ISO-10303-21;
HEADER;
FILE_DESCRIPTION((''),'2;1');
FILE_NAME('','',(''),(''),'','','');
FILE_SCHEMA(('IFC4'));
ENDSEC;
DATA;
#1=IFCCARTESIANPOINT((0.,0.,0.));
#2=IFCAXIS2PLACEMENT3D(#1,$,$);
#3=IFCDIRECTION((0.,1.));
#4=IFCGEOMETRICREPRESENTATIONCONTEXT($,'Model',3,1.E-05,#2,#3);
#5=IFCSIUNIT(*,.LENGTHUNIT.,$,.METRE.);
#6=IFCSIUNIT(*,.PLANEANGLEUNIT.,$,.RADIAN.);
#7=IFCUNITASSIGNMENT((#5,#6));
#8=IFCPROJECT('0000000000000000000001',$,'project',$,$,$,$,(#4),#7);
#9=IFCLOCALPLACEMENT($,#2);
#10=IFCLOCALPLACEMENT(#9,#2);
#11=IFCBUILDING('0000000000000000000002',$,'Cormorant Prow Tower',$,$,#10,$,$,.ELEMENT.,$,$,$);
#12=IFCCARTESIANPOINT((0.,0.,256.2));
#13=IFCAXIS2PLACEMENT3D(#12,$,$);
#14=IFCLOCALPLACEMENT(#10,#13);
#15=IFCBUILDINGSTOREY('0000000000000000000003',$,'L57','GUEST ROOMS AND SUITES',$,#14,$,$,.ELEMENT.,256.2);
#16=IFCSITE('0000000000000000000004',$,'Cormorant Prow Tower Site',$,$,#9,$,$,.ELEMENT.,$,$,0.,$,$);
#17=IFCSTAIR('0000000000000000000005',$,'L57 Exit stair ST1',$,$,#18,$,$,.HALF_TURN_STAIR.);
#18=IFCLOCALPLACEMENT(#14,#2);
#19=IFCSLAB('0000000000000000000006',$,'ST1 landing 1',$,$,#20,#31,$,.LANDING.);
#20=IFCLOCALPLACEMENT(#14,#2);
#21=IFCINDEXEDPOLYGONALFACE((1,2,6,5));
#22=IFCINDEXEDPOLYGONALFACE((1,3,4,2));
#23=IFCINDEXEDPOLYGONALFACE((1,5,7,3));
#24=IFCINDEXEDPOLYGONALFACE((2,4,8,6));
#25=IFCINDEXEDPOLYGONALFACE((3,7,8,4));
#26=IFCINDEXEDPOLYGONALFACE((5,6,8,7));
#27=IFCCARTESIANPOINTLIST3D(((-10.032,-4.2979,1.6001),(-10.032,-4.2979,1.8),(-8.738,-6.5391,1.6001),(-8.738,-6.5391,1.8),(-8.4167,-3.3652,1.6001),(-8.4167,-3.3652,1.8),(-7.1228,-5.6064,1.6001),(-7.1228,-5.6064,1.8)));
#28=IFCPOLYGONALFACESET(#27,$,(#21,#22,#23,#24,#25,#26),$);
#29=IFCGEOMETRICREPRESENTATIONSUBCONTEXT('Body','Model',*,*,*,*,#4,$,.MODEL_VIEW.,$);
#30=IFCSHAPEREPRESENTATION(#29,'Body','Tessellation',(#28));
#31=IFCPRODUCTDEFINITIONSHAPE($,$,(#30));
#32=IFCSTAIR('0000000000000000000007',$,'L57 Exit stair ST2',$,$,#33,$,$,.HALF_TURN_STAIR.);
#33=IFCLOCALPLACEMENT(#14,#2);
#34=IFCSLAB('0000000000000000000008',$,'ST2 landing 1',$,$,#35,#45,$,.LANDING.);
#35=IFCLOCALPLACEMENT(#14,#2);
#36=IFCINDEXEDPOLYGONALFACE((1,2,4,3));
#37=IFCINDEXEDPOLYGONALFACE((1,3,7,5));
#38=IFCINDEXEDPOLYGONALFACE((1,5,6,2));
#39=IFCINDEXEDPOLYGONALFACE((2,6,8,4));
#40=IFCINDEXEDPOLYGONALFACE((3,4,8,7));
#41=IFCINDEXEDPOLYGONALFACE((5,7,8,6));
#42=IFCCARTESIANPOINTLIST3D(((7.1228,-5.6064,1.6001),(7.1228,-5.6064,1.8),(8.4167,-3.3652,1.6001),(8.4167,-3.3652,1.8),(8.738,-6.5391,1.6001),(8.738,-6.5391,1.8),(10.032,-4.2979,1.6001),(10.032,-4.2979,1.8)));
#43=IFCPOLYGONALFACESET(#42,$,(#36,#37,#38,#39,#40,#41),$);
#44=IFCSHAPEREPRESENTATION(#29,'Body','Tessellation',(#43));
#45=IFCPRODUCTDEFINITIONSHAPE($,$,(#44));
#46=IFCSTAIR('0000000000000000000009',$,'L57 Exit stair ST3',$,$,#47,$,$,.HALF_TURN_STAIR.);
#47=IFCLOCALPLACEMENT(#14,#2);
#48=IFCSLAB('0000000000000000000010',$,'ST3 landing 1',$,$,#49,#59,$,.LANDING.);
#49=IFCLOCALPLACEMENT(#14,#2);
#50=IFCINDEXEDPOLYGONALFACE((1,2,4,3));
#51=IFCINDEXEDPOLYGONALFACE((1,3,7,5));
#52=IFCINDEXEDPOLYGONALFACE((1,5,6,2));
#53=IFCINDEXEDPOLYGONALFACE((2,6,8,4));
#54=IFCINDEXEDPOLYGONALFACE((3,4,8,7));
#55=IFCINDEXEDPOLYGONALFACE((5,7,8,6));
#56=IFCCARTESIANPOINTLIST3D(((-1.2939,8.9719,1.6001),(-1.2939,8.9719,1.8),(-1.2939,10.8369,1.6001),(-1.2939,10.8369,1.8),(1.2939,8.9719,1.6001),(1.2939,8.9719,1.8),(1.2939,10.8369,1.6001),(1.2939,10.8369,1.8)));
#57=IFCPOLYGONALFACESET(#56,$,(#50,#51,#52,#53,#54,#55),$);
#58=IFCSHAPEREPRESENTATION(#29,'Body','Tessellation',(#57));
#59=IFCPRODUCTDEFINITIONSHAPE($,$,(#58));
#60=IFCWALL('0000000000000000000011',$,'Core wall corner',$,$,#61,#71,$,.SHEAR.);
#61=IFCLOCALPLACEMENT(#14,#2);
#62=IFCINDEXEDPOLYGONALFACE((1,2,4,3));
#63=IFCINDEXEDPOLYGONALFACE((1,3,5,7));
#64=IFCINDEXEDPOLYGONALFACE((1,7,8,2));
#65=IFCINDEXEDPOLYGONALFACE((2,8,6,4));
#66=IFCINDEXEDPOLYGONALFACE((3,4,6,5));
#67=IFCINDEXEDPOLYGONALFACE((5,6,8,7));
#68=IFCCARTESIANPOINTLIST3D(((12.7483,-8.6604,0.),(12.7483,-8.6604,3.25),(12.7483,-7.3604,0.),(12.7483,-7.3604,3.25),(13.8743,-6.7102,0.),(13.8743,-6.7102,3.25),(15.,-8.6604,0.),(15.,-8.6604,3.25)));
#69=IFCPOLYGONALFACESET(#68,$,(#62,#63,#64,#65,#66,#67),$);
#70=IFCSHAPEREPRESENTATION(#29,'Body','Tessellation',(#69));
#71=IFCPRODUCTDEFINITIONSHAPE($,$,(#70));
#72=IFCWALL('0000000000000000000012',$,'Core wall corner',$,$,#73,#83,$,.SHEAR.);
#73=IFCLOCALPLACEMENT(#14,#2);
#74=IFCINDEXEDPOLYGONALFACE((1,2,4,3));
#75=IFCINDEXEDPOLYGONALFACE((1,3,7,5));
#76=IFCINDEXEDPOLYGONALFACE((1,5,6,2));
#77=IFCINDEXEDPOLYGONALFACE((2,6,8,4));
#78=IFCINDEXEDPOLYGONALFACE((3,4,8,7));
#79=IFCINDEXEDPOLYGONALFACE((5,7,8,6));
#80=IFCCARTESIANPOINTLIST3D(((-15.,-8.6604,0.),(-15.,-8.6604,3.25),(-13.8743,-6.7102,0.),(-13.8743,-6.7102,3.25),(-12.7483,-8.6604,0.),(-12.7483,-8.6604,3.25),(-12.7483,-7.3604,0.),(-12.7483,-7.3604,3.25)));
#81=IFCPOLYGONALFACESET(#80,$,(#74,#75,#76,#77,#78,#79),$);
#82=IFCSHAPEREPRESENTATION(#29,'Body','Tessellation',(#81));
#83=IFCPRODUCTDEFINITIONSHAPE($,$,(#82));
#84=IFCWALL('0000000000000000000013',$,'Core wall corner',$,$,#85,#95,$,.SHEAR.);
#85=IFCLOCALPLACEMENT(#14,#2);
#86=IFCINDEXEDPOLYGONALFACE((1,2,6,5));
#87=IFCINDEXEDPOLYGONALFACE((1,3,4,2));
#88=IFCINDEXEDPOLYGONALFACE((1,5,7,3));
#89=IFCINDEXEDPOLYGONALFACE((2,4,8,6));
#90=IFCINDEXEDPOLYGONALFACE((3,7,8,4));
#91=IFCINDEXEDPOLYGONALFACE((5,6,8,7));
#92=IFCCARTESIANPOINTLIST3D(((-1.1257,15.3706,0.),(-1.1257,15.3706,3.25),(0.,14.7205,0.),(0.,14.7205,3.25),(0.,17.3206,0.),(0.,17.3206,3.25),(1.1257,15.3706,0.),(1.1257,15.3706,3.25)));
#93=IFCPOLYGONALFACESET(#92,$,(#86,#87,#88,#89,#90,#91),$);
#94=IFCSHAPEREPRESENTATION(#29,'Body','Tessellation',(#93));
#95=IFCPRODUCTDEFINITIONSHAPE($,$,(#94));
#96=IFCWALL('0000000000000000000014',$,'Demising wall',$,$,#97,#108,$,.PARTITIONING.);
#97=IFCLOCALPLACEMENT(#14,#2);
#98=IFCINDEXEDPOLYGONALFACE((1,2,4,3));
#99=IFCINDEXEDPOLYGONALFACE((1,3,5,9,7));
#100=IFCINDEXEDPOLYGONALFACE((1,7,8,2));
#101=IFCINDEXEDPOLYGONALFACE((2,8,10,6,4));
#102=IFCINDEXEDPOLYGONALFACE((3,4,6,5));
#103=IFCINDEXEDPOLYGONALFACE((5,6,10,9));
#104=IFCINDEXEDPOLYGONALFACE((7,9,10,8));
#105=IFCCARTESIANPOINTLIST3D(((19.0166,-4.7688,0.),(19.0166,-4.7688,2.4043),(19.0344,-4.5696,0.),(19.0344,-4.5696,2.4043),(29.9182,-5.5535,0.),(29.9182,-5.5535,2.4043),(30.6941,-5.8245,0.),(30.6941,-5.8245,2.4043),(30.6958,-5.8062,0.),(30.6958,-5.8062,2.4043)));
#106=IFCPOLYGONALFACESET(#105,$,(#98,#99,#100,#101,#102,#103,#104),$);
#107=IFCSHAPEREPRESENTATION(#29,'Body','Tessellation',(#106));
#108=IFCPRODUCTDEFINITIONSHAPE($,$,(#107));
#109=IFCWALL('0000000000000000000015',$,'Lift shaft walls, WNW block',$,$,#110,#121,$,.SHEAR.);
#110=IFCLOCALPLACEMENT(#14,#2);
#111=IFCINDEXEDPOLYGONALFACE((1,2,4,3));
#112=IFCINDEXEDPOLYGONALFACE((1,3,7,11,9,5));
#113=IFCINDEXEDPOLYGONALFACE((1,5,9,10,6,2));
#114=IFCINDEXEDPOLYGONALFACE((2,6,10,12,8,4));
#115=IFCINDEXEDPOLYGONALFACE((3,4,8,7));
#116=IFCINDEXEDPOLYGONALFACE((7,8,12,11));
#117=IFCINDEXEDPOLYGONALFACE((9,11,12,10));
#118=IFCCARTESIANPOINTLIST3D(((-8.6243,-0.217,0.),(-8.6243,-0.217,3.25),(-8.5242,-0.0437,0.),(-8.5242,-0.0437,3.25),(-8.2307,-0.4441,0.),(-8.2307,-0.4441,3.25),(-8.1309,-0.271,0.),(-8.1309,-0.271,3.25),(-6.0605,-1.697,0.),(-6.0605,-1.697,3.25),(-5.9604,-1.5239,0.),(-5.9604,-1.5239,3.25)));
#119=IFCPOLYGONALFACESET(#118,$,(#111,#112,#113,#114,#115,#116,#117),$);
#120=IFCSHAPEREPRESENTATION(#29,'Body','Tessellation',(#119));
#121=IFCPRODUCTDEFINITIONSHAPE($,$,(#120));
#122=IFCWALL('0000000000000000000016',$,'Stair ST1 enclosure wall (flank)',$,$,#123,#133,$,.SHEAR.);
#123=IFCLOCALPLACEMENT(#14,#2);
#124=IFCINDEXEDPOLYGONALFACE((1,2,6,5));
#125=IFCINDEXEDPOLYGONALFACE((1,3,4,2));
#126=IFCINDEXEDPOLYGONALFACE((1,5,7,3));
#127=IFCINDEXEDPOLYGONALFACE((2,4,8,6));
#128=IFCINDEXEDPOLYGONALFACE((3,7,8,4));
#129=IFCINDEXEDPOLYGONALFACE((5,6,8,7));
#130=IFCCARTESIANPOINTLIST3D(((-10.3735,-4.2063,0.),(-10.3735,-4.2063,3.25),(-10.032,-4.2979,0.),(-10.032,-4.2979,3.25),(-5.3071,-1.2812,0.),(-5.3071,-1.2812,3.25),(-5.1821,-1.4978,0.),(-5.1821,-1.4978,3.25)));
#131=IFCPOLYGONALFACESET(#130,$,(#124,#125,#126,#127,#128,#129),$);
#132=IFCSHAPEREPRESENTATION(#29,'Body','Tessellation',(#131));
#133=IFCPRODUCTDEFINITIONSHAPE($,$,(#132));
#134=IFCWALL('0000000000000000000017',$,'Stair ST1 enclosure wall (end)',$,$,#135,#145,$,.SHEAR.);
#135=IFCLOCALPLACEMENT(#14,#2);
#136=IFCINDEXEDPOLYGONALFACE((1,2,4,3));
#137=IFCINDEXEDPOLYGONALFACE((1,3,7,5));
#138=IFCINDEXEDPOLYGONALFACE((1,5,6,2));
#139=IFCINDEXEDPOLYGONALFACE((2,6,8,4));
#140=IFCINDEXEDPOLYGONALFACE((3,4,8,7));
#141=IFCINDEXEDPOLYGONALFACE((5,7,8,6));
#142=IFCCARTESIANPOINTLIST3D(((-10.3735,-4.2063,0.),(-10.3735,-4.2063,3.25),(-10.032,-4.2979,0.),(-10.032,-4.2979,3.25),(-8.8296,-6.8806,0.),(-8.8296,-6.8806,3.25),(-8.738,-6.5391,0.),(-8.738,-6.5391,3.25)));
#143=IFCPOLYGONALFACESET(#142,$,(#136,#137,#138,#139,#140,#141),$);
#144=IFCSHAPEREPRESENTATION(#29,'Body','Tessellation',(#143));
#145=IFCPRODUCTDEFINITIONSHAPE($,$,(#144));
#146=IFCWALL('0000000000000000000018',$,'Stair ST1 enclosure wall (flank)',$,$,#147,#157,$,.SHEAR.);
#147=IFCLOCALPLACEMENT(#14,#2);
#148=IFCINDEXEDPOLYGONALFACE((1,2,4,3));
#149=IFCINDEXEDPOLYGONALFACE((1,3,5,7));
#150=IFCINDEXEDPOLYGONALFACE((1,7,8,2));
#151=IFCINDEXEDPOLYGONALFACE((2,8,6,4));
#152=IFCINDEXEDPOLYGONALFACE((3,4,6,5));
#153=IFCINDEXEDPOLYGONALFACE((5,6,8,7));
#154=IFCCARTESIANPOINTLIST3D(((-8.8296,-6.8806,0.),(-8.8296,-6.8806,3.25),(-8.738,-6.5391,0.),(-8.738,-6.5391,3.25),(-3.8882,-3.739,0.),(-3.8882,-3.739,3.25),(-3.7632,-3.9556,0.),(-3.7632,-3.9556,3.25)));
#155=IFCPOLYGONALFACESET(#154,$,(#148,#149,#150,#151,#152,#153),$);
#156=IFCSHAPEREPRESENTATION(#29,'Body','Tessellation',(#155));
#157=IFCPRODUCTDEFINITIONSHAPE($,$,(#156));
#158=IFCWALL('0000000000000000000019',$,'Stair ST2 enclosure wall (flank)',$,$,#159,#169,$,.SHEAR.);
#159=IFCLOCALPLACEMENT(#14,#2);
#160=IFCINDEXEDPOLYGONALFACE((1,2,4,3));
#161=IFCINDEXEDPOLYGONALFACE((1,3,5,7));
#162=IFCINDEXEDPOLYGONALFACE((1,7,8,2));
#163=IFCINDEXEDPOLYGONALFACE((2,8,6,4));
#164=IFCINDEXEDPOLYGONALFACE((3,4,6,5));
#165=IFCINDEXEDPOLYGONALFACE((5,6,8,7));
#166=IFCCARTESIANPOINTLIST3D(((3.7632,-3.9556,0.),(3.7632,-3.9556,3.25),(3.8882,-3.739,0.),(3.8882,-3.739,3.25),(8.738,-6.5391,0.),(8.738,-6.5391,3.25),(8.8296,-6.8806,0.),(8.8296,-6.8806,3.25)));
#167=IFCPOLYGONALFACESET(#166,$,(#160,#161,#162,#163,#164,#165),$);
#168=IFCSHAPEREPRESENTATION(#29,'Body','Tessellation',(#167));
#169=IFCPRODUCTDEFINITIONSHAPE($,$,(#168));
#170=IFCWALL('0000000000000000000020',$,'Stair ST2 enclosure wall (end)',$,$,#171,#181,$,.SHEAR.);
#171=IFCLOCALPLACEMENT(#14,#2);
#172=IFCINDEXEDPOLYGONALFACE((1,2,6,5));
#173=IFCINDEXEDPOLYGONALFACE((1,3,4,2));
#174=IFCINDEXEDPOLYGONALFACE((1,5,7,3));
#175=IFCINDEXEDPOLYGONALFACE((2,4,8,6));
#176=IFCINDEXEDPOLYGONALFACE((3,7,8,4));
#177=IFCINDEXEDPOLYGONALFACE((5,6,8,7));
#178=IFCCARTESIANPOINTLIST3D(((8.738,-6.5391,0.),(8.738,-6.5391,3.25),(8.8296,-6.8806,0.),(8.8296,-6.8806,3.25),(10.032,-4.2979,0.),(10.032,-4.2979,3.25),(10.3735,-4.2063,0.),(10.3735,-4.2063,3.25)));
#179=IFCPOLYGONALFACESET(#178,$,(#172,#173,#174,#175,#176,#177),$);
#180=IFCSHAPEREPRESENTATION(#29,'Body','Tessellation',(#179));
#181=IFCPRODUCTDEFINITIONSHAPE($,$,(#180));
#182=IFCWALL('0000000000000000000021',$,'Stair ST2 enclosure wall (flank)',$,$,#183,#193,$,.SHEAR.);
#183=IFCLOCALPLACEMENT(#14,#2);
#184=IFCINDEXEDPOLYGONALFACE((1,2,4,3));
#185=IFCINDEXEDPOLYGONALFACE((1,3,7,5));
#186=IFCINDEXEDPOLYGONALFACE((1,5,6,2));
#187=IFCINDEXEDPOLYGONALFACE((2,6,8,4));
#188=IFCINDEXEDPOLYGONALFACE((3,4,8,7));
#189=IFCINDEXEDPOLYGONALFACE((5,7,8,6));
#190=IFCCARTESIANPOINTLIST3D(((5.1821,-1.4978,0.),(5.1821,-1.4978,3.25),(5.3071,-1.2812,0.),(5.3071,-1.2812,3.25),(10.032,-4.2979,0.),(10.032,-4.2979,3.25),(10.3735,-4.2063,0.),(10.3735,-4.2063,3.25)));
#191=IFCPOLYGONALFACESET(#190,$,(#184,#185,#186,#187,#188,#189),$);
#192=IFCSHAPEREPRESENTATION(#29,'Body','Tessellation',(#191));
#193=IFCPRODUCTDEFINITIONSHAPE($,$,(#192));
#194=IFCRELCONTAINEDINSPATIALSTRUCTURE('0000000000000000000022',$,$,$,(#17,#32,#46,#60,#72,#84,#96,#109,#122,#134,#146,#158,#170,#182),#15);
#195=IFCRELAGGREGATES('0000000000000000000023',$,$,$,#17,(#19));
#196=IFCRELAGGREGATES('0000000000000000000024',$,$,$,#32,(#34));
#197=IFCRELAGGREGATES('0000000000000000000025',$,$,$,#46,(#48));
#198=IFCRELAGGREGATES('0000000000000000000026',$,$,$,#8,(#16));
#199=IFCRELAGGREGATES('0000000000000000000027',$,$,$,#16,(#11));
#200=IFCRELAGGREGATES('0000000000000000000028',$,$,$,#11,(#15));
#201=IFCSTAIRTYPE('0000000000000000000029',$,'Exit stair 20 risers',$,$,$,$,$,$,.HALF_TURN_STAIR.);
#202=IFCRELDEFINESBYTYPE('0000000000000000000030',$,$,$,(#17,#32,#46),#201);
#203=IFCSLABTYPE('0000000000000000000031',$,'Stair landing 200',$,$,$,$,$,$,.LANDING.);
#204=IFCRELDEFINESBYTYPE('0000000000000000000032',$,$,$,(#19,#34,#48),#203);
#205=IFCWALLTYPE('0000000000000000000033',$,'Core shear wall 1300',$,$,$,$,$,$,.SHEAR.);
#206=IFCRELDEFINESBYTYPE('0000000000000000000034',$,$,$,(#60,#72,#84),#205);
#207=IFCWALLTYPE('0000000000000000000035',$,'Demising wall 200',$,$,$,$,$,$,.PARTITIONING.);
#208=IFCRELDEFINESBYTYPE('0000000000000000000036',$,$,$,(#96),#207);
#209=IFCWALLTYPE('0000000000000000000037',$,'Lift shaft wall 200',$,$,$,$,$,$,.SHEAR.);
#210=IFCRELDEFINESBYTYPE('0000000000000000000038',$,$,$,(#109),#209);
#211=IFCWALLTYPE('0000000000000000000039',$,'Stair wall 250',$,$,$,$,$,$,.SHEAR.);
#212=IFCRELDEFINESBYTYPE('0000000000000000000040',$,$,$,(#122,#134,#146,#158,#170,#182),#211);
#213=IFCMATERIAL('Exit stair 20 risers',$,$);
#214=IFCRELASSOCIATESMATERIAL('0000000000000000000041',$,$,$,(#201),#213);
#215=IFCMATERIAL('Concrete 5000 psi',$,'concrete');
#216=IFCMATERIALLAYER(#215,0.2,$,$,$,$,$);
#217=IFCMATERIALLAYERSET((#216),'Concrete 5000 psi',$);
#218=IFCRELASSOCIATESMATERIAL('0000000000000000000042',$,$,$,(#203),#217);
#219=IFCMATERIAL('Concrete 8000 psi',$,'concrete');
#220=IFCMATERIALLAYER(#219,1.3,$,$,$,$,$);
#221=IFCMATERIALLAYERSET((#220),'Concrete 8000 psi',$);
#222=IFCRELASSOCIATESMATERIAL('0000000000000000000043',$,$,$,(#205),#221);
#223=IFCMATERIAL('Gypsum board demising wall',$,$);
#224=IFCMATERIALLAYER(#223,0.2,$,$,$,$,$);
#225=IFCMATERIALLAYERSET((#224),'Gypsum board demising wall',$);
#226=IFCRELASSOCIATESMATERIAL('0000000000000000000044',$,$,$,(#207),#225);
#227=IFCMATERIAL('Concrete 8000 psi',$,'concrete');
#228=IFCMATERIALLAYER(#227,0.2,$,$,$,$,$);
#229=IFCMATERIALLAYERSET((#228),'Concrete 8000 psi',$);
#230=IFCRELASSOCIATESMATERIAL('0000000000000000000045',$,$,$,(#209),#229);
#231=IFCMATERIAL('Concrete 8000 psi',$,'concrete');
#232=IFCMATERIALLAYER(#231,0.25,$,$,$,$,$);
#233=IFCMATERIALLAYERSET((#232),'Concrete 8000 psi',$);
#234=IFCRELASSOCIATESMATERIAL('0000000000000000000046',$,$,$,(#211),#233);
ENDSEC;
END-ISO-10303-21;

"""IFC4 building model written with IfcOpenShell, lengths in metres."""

from ifc_helpers import new_model, si_unit, direction, frame, origin, place, context, subcontext, project, spatial, polyline, outline, extrude, material, layer, layer_set, type_object, element, aggregate, save


model = new_model("IFC4")

# Units and contexts
model_context = context("Model", 3, precision=1e-05, world=origin(), true_north=direction((0.0, 1.0)))
body_context = subcontext(model_context, "Body", "Model", "MODEL_VIEW")
ifc_project = project(units=[si_unit("LENGTHUNIT", "METRE"), si_unit("PLANEANGLEUNIT", "RADIAN")], contexts=[model_context])

# Site, building, storey
site_placement = place(None, origin())
site = spatial("IfcSite", under=ifc_project, at=site_placement, Name="Cormorant Prow Tower Site", CompositionType="ELEMENT", RefElevation=0.0)
building_placement = place(site_placement, origin())
building = spatial("IfcBuilding", under=site, at=building_placement, Name="Cormorant Prow Tower", CompositionType="ELEMENT")
storey_placement = place(building_placement, frame((0.0, 0.0, 256.2)))
storey = spatial("IfcBuildingStorey", under=building, at=storey_placement, Name="L57", Description="GUEST ROOMS AND SUITES", CompositionType="ELEMENT", Elevation=256.2)

# Stairs, slabs
ifc_material_1 = material(Name="Exit stair 20 risers")
stair_type = type_object("IfcStairType", Name="Exit stair 20 risers", PredefinedType="HALF_TURN_STAIR", material=ifc_material_1)
stair_1_placement = place(storey_placement, origin())
stair_1 = element("IfcStair", 1, at=stair_1_placement, inside=storey, type_object=stair_type, Name="L57 Exit stair ST1", PredefinedType="HALF_TURN_STAIR")
ifc_material_2 = material(Name="Concrete 5000 psi", Category="concrete")
ifc_layer_1 = layer(ifc_material_2, 0.2)
ifc_layer_set_1 = layer_set([ifc_layer_1], Name="Concrete 5000 psi")
slab_type = type_object("IfcSlabType", Name="Stair landing 200", PredefinedType="LANDING", material=ifc_layer_set_1)
slab_1_placement = place(storey_placement, frame((0.0, 0.0, 1.6001)))
slab_1 = element("IfcSlab", 2, at=slab_1_placement, type_object=slab_type, Name="ST1 landing 1", PredefinedType="LANDING", context=body_context, shape_type="SweptSolid", body=[
    extrude(outline(polyline([(-8.4167, -3.3652), (-10.032, -4.2979), (-8.738, -6.5391), (-7.1228, -5.6064), (-8.4167, -3.3652)])), origin(), (0.0, 0.0, 1.0), 0.2),
])
aggregate(stair_1, [slab_1])
stair_2_placement = place(storey_placement, origin())
stair_2 = element("IfcStair", 3, at=stair_2_placement, inside=storey, type_object=stair_type, Name="L57 Exit stair ST2", PredefinedType="HALF_TURN_STAIR")
slab_2_placement = place(storey_placement, frame((0.0, 0.0, 1.6001)))
slab_2 = element("IfcSlab", 4, at=slab_2_placement, type_object=slab_type, Name="ST2 landing 1", PredefinedType="LANDING", context=body_context, shape_type="SweptSolid", body=[
    extrude(outline(polyline([(7.1228, -5.6064), (8.738, -6.5391), (10.032, -4.2979), (8.4167, -3.3652), (7.1228, -5.6064)])), origin(), (0.0, 0.0, 1.0), 0.2),
])
aggregate(stair_2, [slab_2])
stair_3_placement = place(storey_placement, origin())
stair_3 = element("IfcStair", 5, at=stair_3_placement, inside=storey, type_object=stair_type, Name="L57 Exit stair ST3", PredefinedType="HALF_TURN_STAIR")
slab_3_placement = place(storey_placement, frame((0.0, 0.0, 1.6001)))
slab_3 = element("IfcSlab", 6, at=slab_3_placement, type_object=slab_type, Name="ST3 landing 1", PredefinedType="LANDING", context=body_context, shape_type="SweptSolid", body=[
    extrude(outline(polyline([(1.2939, 8.9719), (1.2939, 10.8369), (-1.2939, 10.8369), (-1.2939, 8.9719), (1.2939, 8.9719)])), origin(), (0.0, 0.0, 1.0), 0.2),
])

# Walls
ifc_material_3 = material(Name="Concrete 8000 psi", Category="concrete")
ifc_layer_2 = layer(ifc_material_3, 1.3)
ifc_layer_set_2 = layer_set([ifc_layer_2], Name="Concrete 8000 psi")
wall_type_1 = type_object("IfcWallType", Name="Core shear wall 1300", PredefinedType="SHEAR", material=ifc_layer_set_2)
wall_1_placement = place(storey_placement, origin())
element("IfcWall", 7, at=wall_1_placement, inside=storey, type_object=wall_type_1, Name="Core wall corner", PredefinedType="SHEAR", context=body_context, shape_type="SweptSolid", body=[
    extrude(outline(polyline([(12.7483, -8.6604), (12.7483, -7.3604), (13.8743, -6.7102), (15.0, -8.6604), (12.7483, -8.6604)])), origin(), (0.0, 0.0, 1.0), 3.25),
])
wall_2_placement = place(storey_placement, origin())
element("IfcWall", 8, at=wall_2_placement, inside=storey, type_object=wall_type_1, Name="Core wall corner", PredefinedType="SHEAR", context=body_context, shape_type="SweptSolid", body=[
    extrude(outline(polyline([(-13.8743, -6.7102), (-12.7483, -7.3604), (-12.7483, -8.6604), (-15.0, -8.6604), (-13.8743, -6.7102)])), origin(), (0.0, 0.0, 1.0), 3.25),
])
wall_3_placement = place(storey_placement, origin())
element("IfcWall", 9, at=wall_3_placement, inside=storey, type_object=wall_type_1, Name="Core wall corner", PredefinedType="SHEAR", context=body_context, shape_type="SweptSolid", body=[
    extrude(outline(polyline([(-1.1257, 15.3706), (0.0, 17.3206), (1.1257, 15.3706), (0.0, 14.7205), (-1.1257, 15.3706)])), origin(), (0.0, 0.0, 1.0), 3.25),
])
ifc_material_4 = material(Name="Gypsum board demising wall")
ifc_layer_3 = layer(ifc_material_4, 0.2)
ifc_layer_set_3 = layer_set([ifc_layer_3], Name="Gypsum board demising wall")
wall_type_2 = type_object("IfcWallType", Name="Demising wall 200", PredefinedType="PARTITIONING", material=ifc_layer_set_3)
wall_4_placement = place(storey_placement, origin())
element("IfcWall", 10, at=wall_4_placement, inside=storey, type_object=wall_type_2, Name="Demising wall", PredefinedType="PARTITIONING", context=body_context, shape_type="SweptSolid", body=[
    extrude(outline(polyline([(30.6941, -5.8245), (19.0166, -4.7688), (19.0344, -4.5696), (29.9182, -5.5535), (30.6958, -5.8062), (30.6941, -5.8245)])), origin(), (0.0, 0.0, 1.0), 2.4043),
])
ifc_material_5 = material(Name="Concrete 8000 psi", Category="concrete")
ifc_layer_4 = layer(ifc_material_5, 0.2)
ifc_layer_set_4 = layer_set([ifc_layer_4], Name="Concrete 8000 psi")
wall_type_3 = type_object("IfcWallType", Name="Lift shaft wall 200", PredefinedType="SHEAR", material=ifc_layer_set_4)
wall_5_placement = place(storey_placement, origin())
element("IfcWall", 11, at=wall_5_placement, inside=storey, type_object=wall_type_3, Name="Lift shaft walls, WNW block", PredefinedType="SHEAR", context=body_context, shape_type="SweptSolid", body=[
    extrude(outline(polyline([(-8.5242, -0.0437), (-8.1309, -0.271), (-5.9604, -1.5239), (-6.0605, -1.697), (-8.2307, -0.4441), (-8.6243, -0.217), (-8.5242, -0.0437)])), origin(), (0.0, 0.0, 1.0), 3.25),
])
ifc_material_6 = material(Name="Concrete 8000 psi", Category="concrete")
ifc_layer_5 = layer(ifc_material_6, 0.25)
ifc_layer_set_5 = layer_set([ifc_layer_5], Name="Concrete 8000 psi")
wall_type_4 = type_object("IfcWallType", Name="Stair wall 250", PredefinedType="SHEAR", material=ifc_layer_set_5)
wall_6_placement = place(storey_placement, origin())
element("IfcWall", 12, at=wall_6_placement, inside=storey, type_object=wall_type_4, Name="Stair ST1 enclosure wall (flank)", PredefinedType="SHEAR", context=body_context, shape_type="SweptSolid", body=[
    extrude(outline(polyline([(-5.3071, -1.2812), (-10.3735, -4.2063), (-10.032, -4.2979), (-5.1821, -1.4978), (-5.3071, -1.2812)])), origin(), (0.0, 0.0, 1.0), 3.25),
])
wall_7_placement = place(storey_placement, origin())
element("IfcWall", 13, at=wall_7_placement, inside=storey, type_object=wall_type_4, Name="Stair ST1 enclosure wall (end)", PredefinedType="SHEAR", context=body_context, shape_type="SweptSolid", body=[
    extrude(outline(polyline([(-10.3735, -4.2063), (-8.8296, -6.8806), (-8.738, -6.5391), (-10.032, -4.2979), (-10.3735, -4.2063)])), origin(), (0.0, 0.0, 1.0), 3.25),
])
wall_8_placement = place(storey_placement, origin())
element("IfcWall", 14, at=wall_8_placement, inside=storey, type_object=wall_type_4, Name="Stair ST1 enclosure wall (flank)", PredefinedType="SHEAR", context=body_context, shape_type="SweptSolid", body=[
    extrude(outline(polyline([(-8.738, -6.5391), (-8.8296, -6.8806), (-3.7632, -3.9556), (-3.8882, -3.739), (-8.738, -6.5391)])), origin(), (0.0, 0.0, 1.0), 3.25),
])
wall_9_placement = place(storey_placement, origin())
element("IfcWall", 15, at=wall_9_placement, inside=storey, type_object=wall_type_4, Name="Stair ST2 enclosure wall (flank)", PredefinedType="SHEAR", context=body_context, shape_type="SweptSolid", body=[
    extrude(outline(polyline([(3.7632, -3.9556), (8.8296, -6.8806), (8.738, -6.5391), (3.8882, -3.739), (3.7632, -3.9556)])), origin(), (0.0, 0.0, 1.0), 3.25),
])
wall_10_placement = place(storey_placement, origin())
element("IfcWall", 16, at=wall_10_placement, inside=storey, type_object=wall_type_4, Name="Stair ST2 enclosure wall (end)", PredefinedType="SHEAR", context=body_context, shape_type="SweptSolid", body=[
    extrude(outline(polyline([(8.8296, -6.8806), (10.3735, -4.2063), (10.032, -4.2979), (8.738, -6.5391), (8.8296, -6.8806)])), origin(), (0.0, 0.0, 1.0), 3.25),
])
wall_11_placement = place(storey_placement, origin())
element("IfcWall", 17, at=wall_11_placement, inside=storey, type_object=wall_type_4, Name="Stair ST2 enclosure wall (flank)", PredefinedType="SHEAR", context=body_context, shape_type="SweptSolid", body=[
    extrude(outline(polyline([(10.032, -4.2979), (10.3735, -4.2063), (5.3071, -1.2812), (5.1821, -1.4978), (10.032, -4.2979)])), origin(), (0.0, 0.0, 1.0), 3.25),
])

aggregate(stair_3, [slab_3])

save(model, "model.ifc")
